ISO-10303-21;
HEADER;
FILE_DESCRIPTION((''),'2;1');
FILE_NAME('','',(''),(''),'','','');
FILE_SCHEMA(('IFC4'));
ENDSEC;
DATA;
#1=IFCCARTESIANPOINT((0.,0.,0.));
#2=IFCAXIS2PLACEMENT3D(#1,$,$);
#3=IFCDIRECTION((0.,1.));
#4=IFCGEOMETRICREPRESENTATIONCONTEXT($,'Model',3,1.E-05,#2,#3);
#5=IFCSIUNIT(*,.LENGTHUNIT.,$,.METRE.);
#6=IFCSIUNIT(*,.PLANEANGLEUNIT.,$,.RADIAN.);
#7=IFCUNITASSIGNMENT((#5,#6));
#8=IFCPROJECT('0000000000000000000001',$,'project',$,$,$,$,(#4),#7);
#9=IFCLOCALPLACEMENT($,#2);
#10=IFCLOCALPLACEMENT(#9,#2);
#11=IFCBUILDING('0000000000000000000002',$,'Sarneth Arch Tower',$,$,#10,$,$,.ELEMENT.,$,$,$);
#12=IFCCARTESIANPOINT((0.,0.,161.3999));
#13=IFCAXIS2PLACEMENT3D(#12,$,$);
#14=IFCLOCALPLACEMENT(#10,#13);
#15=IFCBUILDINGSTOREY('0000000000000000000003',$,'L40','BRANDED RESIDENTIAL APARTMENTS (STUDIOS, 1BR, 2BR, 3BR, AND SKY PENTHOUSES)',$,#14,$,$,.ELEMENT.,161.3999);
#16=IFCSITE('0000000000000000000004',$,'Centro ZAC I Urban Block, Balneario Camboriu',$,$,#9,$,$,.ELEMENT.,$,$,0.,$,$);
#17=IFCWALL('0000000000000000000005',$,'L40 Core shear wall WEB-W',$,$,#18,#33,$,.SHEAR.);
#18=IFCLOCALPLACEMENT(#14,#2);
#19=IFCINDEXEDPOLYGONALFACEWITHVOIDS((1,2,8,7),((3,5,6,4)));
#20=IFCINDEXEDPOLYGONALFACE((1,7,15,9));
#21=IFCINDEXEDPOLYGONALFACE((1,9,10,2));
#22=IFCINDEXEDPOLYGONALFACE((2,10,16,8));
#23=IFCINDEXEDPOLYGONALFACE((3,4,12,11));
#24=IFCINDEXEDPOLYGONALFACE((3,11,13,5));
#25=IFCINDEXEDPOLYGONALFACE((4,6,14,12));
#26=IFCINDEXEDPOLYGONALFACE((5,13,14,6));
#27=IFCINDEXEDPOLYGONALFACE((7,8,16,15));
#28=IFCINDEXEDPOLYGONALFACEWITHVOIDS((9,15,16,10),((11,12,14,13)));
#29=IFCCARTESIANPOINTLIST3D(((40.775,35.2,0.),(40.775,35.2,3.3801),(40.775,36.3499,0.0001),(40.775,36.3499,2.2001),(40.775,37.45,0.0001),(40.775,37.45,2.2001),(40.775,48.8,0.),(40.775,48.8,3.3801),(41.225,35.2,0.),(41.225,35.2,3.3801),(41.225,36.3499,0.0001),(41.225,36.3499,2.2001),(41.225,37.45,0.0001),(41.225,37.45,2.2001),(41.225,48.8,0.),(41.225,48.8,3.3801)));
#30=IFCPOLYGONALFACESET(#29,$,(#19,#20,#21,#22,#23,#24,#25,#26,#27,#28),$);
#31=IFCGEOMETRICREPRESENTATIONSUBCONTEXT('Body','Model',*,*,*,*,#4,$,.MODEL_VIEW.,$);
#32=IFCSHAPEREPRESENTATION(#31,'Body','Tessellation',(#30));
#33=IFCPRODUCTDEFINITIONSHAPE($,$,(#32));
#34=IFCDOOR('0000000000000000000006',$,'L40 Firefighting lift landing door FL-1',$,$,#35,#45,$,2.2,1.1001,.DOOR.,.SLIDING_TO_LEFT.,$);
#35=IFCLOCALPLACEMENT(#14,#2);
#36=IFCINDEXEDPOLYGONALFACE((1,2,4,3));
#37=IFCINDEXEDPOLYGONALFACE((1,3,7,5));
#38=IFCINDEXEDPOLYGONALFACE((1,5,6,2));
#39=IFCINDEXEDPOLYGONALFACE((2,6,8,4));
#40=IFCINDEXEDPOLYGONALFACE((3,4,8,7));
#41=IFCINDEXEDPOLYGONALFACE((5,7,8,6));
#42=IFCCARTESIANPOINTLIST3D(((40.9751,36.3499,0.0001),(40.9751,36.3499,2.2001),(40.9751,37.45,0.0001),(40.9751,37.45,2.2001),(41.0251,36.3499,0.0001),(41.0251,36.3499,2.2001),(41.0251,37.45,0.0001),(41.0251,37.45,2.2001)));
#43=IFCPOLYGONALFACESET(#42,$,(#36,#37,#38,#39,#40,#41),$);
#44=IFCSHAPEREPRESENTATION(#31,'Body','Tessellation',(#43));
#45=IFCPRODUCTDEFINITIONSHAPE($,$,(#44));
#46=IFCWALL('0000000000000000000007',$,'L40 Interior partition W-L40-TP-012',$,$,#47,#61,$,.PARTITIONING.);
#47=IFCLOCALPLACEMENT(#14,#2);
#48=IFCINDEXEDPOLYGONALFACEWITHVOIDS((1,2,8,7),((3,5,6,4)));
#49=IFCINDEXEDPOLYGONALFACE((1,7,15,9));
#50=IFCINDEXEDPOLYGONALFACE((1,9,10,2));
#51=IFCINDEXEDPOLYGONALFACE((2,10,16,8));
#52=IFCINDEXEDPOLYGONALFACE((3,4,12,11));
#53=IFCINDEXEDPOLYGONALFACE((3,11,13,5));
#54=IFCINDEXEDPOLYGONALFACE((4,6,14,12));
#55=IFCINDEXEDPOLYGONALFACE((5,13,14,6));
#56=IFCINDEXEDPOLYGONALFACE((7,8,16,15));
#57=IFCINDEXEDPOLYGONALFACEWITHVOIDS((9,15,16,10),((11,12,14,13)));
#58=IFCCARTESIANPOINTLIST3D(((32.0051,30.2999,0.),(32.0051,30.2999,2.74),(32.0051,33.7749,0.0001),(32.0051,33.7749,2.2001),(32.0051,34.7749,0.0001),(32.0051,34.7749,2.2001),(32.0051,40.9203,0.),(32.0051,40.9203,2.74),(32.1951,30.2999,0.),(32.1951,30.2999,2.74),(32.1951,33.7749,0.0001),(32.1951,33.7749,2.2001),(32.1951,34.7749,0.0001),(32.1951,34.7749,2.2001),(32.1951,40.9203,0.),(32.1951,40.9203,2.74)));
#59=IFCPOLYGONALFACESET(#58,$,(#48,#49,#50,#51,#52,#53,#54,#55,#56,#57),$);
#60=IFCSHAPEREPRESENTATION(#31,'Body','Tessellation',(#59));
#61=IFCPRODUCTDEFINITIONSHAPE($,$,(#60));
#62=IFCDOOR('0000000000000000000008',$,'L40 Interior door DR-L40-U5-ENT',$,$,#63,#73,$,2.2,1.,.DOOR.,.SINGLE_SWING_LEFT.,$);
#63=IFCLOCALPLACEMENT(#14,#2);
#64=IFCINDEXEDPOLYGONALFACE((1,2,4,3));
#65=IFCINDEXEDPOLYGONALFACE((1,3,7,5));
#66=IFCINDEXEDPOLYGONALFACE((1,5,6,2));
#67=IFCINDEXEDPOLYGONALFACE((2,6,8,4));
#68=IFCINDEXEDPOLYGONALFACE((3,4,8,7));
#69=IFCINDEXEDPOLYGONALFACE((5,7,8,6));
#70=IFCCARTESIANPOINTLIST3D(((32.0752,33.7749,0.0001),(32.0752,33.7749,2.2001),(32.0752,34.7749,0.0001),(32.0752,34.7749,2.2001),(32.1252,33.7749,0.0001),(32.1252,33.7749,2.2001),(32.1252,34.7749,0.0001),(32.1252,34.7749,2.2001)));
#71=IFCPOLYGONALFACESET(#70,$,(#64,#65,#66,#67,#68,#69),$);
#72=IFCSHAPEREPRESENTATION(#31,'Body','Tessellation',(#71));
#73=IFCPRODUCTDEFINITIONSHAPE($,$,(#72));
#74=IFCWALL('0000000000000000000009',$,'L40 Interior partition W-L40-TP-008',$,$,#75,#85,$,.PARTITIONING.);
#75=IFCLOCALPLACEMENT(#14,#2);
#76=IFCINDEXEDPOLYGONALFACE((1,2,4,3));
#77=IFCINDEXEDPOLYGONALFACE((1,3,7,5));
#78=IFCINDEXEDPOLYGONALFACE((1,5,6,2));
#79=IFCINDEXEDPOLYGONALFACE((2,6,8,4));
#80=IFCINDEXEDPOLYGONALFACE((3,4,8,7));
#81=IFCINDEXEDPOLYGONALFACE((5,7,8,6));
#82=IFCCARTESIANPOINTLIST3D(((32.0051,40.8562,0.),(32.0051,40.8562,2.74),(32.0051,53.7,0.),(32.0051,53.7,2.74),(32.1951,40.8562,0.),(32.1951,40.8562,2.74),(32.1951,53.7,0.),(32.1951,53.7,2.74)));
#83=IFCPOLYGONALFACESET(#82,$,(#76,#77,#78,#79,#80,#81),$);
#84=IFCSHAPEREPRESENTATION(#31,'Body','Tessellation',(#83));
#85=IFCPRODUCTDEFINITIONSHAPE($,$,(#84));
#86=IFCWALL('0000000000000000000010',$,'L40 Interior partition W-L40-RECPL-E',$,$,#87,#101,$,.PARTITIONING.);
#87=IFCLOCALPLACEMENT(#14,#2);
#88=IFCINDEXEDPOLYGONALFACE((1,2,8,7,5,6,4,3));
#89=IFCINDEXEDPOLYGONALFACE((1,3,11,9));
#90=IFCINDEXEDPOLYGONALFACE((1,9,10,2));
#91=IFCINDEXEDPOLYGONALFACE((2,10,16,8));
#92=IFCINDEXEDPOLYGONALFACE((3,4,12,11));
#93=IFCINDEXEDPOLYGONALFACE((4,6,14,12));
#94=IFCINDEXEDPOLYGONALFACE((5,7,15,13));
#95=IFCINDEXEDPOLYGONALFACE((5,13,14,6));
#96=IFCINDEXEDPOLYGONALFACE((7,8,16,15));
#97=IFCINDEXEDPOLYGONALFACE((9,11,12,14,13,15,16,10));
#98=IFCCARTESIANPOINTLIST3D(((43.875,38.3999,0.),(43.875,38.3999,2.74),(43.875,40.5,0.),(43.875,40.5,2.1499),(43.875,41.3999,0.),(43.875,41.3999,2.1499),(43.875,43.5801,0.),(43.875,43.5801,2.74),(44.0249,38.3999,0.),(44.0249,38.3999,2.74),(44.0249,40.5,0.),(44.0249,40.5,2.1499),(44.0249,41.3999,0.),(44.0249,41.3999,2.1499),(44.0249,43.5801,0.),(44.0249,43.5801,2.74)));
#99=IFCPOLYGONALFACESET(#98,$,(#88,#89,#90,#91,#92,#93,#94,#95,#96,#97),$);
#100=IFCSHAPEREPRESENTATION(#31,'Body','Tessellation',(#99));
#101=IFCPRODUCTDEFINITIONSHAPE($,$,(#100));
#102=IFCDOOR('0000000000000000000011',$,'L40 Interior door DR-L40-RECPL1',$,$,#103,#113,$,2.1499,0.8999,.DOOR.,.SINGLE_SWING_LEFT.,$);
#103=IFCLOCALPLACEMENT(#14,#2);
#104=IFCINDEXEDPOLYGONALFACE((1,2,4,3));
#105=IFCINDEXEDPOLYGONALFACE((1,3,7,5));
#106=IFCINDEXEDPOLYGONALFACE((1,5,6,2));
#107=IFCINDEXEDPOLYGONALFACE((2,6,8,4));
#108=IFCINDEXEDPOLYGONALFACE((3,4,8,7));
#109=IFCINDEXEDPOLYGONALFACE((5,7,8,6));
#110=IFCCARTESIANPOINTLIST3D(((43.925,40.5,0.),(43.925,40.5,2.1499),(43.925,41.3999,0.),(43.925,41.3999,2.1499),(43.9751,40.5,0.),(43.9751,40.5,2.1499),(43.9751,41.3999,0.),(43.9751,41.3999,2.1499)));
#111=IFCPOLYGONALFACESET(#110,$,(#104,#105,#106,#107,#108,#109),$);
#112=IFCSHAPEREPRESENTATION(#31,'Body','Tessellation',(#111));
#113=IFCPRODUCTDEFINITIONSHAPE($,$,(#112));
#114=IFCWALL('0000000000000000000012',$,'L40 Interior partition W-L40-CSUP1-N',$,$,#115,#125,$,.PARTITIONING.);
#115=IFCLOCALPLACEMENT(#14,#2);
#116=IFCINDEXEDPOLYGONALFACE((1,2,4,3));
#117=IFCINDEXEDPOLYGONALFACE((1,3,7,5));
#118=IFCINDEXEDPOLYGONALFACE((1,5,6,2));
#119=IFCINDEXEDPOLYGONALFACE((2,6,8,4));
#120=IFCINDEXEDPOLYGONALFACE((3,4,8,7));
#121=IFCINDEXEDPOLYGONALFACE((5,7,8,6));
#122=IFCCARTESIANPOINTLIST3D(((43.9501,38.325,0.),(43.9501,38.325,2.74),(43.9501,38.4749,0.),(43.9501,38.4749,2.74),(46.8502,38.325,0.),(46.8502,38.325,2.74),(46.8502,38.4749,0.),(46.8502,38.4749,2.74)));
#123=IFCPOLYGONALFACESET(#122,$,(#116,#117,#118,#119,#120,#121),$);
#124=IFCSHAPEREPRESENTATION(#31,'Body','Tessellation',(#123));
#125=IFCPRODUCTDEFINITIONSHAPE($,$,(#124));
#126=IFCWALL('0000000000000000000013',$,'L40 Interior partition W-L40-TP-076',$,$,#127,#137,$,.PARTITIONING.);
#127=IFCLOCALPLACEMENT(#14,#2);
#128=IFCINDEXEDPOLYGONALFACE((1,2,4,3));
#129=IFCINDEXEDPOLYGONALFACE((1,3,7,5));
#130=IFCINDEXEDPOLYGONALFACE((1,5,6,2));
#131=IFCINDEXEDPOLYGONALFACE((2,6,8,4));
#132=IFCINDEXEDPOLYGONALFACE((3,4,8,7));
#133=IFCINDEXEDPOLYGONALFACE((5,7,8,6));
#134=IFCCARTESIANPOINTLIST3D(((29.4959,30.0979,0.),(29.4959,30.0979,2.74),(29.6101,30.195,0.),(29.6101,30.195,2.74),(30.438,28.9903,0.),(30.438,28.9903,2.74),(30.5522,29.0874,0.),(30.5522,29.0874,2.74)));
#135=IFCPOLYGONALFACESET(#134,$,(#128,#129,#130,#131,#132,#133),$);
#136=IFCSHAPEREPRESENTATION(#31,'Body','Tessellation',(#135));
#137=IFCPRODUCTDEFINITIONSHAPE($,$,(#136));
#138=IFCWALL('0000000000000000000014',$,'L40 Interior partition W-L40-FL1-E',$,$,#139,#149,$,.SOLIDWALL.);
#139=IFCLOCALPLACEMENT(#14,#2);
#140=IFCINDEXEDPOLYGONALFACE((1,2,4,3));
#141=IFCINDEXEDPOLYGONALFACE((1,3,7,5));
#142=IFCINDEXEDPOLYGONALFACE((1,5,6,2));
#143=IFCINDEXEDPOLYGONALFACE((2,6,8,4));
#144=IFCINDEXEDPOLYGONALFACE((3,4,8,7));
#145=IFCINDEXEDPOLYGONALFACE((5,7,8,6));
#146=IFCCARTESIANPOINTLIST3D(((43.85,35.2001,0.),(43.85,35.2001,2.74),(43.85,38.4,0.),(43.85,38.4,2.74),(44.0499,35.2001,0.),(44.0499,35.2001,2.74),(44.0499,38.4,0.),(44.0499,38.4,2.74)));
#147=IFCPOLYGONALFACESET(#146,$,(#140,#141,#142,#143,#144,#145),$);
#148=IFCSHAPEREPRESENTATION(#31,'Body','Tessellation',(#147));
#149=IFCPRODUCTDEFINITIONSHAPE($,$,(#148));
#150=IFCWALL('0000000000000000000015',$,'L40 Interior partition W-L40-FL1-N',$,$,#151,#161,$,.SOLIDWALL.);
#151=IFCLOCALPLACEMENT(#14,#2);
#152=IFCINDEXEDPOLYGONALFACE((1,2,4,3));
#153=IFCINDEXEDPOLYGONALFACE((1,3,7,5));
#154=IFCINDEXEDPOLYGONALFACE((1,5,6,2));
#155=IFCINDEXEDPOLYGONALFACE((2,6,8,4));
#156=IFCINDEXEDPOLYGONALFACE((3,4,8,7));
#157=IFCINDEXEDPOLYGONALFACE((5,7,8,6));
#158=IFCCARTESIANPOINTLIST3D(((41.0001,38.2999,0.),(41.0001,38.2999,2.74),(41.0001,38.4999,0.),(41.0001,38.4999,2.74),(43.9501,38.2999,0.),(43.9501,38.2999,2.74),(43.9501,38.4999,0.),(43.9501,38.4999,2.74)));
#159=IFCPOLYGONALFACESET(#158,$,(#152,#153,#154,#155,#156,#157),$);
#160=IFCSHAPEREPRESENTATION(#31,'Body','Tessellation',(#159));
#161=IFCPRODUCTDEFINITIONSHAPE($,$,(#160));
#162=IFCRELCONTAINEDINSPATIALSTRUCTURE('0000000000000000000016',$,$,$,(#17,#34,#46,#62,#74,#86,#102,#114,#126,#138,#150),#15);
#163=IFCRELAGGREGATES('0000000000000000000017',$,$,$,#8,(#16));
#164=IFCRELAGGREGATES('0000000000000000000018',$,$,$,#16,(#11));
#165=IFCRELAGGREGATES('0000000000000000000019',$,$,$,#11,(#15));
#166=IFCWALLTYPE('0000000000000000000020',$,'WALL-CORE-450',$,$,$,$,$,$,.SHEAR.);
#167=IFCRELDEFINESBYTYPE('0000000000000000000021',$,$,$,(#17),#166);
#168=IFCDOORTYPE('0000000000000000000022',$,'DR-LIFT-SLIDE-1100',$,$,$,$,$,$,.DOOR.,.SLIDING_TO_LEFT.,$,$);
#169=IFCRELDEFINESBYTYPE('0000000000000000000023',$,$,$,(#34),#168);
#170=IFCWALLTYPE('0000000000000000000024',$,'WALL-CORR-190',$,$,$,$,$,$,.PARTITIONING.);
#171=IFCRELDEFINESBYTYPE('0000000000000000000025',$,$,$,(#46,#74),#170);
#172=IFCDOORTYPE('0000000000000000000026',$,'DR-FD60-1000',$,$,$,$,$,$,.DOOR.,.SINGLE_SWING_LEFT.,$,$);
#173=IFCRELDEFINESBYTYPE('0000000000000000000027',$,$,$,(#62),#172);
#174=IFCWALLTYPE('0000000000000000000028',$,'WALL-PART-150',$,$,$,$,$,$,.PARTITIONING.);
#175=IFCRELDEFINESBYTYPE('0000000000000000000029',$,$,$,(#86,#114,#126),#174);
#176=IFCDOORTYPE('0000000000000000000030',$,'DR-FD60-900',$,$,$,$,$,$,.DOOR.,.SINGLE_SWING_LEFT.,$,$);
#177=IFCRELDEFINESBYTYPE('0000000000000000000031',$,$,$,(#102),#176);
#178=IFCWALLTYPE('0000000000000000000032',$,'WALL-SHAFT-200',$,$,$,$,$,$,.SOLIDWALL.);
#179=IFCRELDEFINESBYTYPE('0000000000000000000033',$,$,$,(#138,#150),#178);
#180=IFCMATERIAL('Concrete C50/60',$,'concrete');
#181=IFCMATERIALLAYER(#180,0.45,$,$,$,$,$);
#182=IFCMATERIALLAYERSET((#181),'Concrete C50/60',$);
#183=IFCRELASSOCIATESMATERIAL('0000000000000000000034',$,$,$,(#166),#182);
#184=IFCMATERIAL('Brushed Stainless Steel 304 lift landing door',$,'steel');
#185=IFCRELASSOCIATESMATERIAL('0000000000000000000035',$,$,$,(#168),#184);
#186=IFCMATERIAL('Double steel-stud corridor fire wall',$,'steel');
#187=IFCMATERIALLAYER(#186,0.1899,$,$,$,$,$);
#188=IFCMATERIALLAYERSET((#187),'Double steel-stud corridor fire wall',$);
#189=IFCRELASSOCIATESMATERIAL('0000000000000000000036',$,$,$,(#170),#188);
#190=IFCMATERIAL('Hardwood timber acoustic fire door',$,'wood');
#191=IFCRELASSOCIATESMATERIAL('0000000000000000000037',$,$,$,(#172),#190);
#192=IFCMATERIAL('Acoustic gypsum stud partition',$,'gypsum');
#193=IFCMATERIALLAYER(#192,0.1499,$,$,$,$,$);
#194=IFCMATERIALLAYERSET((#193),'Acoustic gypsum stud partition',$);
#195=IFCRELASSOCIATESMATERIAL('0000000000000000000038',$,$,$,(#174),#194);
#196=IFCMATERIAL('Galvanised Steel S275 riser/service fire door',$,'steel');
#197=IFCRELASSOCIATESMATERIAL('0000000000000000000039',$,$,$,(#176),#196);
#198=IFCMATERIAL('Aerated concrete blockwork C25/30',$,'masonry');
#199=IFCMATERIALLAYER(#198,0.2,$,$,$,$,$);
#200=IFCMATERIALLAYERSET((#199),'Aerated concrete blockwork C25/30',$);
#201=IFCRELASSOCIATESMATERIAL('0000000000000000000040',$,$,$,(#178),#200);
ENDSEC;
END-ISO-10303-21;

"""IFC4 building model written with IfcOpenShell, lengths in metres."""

from ifc_helpers import new_model, si_unit, direction, frame, frame_2d, origin, place, context, subcontext, project, spatial, rectangle, extrude, material, layer, layer_set, type_object, element, fill, save


model = new_model("IFC4")

# Units and contexts
model_context = context("Model", 3, precision=1e-05, world=origin(), true_north=direction((0.0, 1.0)))
body_context = subcontext(model_context, "Body", "Model", "MODEL_VIEW")
ifc_project = project(units=[si_unit("LENGTHUNIT", "METRE"), si_unit("PLANEANGLEUNIT", "RADIAN")], contexts=[model_context])

# Site, building, storey
site_placement = place(None, origin())
site = spatial("IfcSite", under=ifc_project, at=site_placement, Name="Centro ZAC I Urban Block, Balneario Camboriu", CompositionType="ELEMENT", RefElevation=0.0)
building_placement = place(site_placement, origin())
building = spatial("IfcBuilding", under=site, at=building_placement, Name="Sarneth Arch Tower", CompositionType="ELEMENT")
storey_placement = place(building_placement, frame((0.0, 0.0, 161.3999)))
storey = spatial("IfcBuildingStorey", under=building, at=storey_placement, Name="L40", Description="BRANDED RESIDENTIAL APARTMENTS (STUDIOS, 1BR, 2BR, 3BR, AND SKY PENTHOUSES)", CompositionType="ELEMENT", Elevation=161.3999)

# Shared definitions
ifc_material_1 = material(Name="Concrete C50/60", Category="concrete")
ifc_layer_1 = layer(ifc_material_1, 0.45)
ifc_layer_set_1 = layer_set([ifc_layer_1], Name="Concrete C50/60")
wall_type_1 = type_object("IfcWallType", Name="WALL-CORE-450", PredefinedType="SHEAR", material=ifc_layer_set_1)

# Walls, openings, doors
wall_1_placement = place(storey_placement, frame((41.0, 35.2, 0.0), z_axis=(0.0, 0.0, 1.0), x_axis=(0.0, 1.0, 0.0)))
wall_1 = element("IfcWall", 1, at=wall_1_placement, inside=storey, type_object=wall_type_1, Name="L40 Core shear wall WEB-W", PredefinedType="SHEAR", context=body_context, shape_type="SweptSolid", body=[
    extrude(rectangle(XDim=13.6001, YDim=0.45, at=frame_2d((6.8, 0.0))), origin(), (0.0, 0.0, 1.0), 3.3801),
])
opening_1_placement = place(wall_1_placement, frame((1.1499, 0.0, 0.0)))
opening_1 = element("IfcOpeningElement", 2, at=opening_1_placement, cuts=wall_1, PredefinedType="OPENING", context=body_context, shape_type="SweptSolid", body=[
    extrude(rectangle(XDim=1.1001, YDim=2.2, at=frame_2d((0.55, 1.1001))), frame((0.0, 0.2349, 0.0), z_axis=(0.0, -1.0, 0.0), x_axis=(1.0, 0.0, 0.0)), (0.0, 0.0, 1.0), 0.47),
])
ifc_material_2 = material(Name="Brushed Stainless Steel 304 lift landing door", Category="steel")
door_type_1 = type_object("IfcDoorType", Name="DR-LIFT-SLIDE-1100", OperationType="SLIDING_TO_LEFT", PredefinedType="DOOR", material=ifc_material_2)
door_1_placement = place(opening_1_placement, origin())
door_1 = element("IfcDoor", 3, at=door_1_placement, inside=storey, type_object=door_type_1, Name="L40 Firefighting lift landing door FL-1", OperationType="SLIDING_TO_LEFT", OverallHeight=2.2, OverallWidth=1.1001, PredefinedType="DOOR", context=body_context, shape_type="SweptSolid", body=[
    extrude(rectangle(XDim=1.1001, YDim=2.2, at=frame_2d((0.55, 1.1001))), frame((0.0, 0.0249, 0.0), z_axis=(0.0, -1.0, 0.0), x_axis=(1.0, 0.0, 0.0)), (0.0, 0.0, 1.0), 0.05),
])
fill(opening_1, door_1)
ifc_material_3 = material(Name="Double steel-stud corridor fire wall", Category="steel")
ifc_layer_2 = layer(ifc_material_3, 0.1899)
ifc_layer_set_2 = layer_set([ifc_layer_2], Name="Double steel-stud corridor fire wall")
wall_type_2 = type_object("IfcWallType", Name="WALL-CORR-190", PredefinedType="PARTITIONING", material=ifc_layer_set_2)
wall_2_placement = place(storey_placement, frame((32.1001, 30.3, 0.0), z_axis=(0.0, 0.0, 1.0), x_axis=(0.0, 1.0, 0.0)))
wall_2 = element("IfcWall", 4, at=wall_2_placement, inside=storey, type_object=wall_type_2, Name="L40 Interior partition W-L40-TP-012", PredefinedType="PARTITIONING", context=body_context, shape_type="SweptSolid", body=[
    extrude(rectangle(XDim=10.6204, YDim=0.1899, at=frame_2d((5.3101, 0.0))), origin(), (0.0, 0.0, 1.0), 2.74),
])
opening_2_placement = place(wall_2_placement, frame((3.4749, 0.0, 0.0)))
opening_2 = element("IfcOpeningElement", 5, at=opening_2_placement, cuts=wall_2, PredefinedType="OPENING", context=body_context, shape_type="SweptSolid", body=[
    extrude(rectangle(XDim=1.0, YDim=2.2, at=frame_2d((0.5, 1.1001))), frame((0.0, 0.105, 0.0), z_axis=(0.0, -1.0, 0.0), x_axis=(1.0, 0.0, 0.0)), (0.0, 0.0, 1.0), 0.21),
])
ifc_material_4 = material(Name="Hardwood timber acoustic fire door", Category="wood")
door_type_2 = type_object("IfcDoorType", Name="DR-FD60-1000", OperationType="SINGLE_SWING_LEFT", PredefinedType="DOOR", material=ifc_material_4)
door_2_placement = place(opening_2_placement, origin())
door_2 = element("IfcDoor", 6, at=door_2_placement, inside=storey, type_object=door_type_2, Name="L40 Interior door DR-L40-U5-ENT", OperationType="SINGLE_SWING_LEFT", OverallHeight=2.2, OverallWidth=1.0, PredefinedType="DOOR", context=body_context, shape_type="SweptSolid", body=[
    extrude(rectangle(XDim=1.0, YDim=2.2, at=frame_2d((0.5, 1.1001))), frame((0.0, 0.0249, 0.0), z_axis=(0.0, -1.0, 0.0), x_axis=(1.0, 0.0, 0.0)), (0.0, 0.0, 1.0), 0.05),
])
fill(opening_2, door_2)

# Wall
wall_3_placement = place(storey_placement, frame((32.1001, 40.8562, 0.0), z_axis=(0.0, 0.0, 1.0), x_axis=(0.0, 1.0, 0.0)))
element("IfcWall", 7, at=wall_3_placement, inside=storey, type_object=wall_type_2, Name="L40 Interior partition W-L40-TP-008", PredefinedType="PARTITIONING", context=body_context, shape_type="SweptSolid", body=[
    extrude(rectangle(XDim=12.8438, YDim=0.1899, at=frame_2d((6.4219, 0.0))), origin(), (0.0, 0.0, 1.0), 2.74),
])

# Wall, opening, door
ifc_material_5 = material(Name="Acoustic gypsum stud partition", Category="gypsum")
ifc_layer_3 = layer(ifc_material_5, 0.1499)
ifc_layer_set_3 = layer_set([ifc_layer_3], Name="Acoustic gypsum stud partition")
wall_type_3 = type_object("IfcWallType", Name="WALL-PART-150", PredefinedType="PARTITIONING", material=ifc_layer_set_3)
wall_4_placement = place(storey_placement, frame((43.95, 38.3999, 0.0), z_axis=(0.0, 0.0, 1.0), x_axis=(0.0, 1.0, 0.0)))
wall_4 = element("IfcWall", 8, at=wall_4_placement, inside=storey, type_object=wall_type_3, Name="L40 Interior partition W-L40-RECPL-E", PredefinedType="PARTITIONING", context=body_context, shape_type="SweptSolid", body=[
    extrude(rectangle(XDim=5.1802, YDim=0.1499, at=frame_2d((2.5901, 0.0))), origin(), (0.0, 0.0, 1.0), 2.74),
])
opening_3_placement = place(wall_4_placement, frame((2.1001, 0.0, 0.0)))
opening_3 = element("IfcOpeningElement", 9, at=opening_3_placement, cuts=wall_4, PredefinedType="OPENING", context=body_context, shape_type="SweptSolid", body=[
    extrude(rectangle(XDim=0.8999, YDim=2.1499, at=frame_2d((0.45, 1.075))), frame((0.0, 0.085, 0.0), z_axis=(0.0, -1.0, 0.0), x_axis=(1.0, 0.0, 0.0)), (0.0, 0.0, 1.0), 0.1699),
])
ifc_material_6 = material(Name="Galvanised Steel S275 riser/service fire door", Category="steel")
door_type_3 = type_object("IfcDoorType", Name="DR-FD60-900", OperationType="SINGLE_SWING_LEFT", PredefinedType="DOOR", material=ifc_material_6)
door_3_placement = place(opening_3_placement, origin())
door_3 = element("IfcDoor", 10, at=door_3_placement, inside=storey, type_object=door_type_3, Name="L40 Interior door DR-L40-RECPL1", OperationType="SINGLE_SWING_LEFT", OverallHeight=2.1499, OverallWidth=0.8999, PredefinedType="DOOR", context=body_context, shape_type="SweptSolid", body=[
    extrude(rectangle(XDim=0.8999, YDim=2.1499, at=frame_2d((0.45, 1.075))), frame((0.0, 0.0249, 0.0), z_axis=(0.0, -1.0, 0.0), x_axis=(1.0, 0.0, 0.0)), (0.0, 0.0, 1.0), 0.05),
])
fill(opening_3, door_3)

# Wall
wall_5_placement = place(storey_placement, frame((43.95, 38.3999, 0.0), z_axis=(0.0, 0.0, 1.0), x_axis=(1.0, 0.0, 0.0)))
element("IfcWall", 11, at=wall_5_placement, inside=storey, type_object=wall_type_3, Name="L40 Interior partition W-L40-CSUP1-N", PredefinedType="PARTITIONING", context=body_context, shape_type="SweptSolid", body=[
    extrude(rectangle(XDim=2.9001, YDim=0.1499, at=frame_2d((1.4502, 0.0))), origin(), (0.0, 0.0, 1.0), 2.74),
])

# Wall
wall_6_placement = place(storey_placement, frame((29.553, 30.1465, 0.0), z_axis=(0.0, 0.0, 1.0), x_axis=(0.647897, -0.761728, 0.0)))
element("IfcWall", 12, at=wall_6_placement, inside=storey, type_object=wall_type_3, Name="L40 Interior partition W-L40-TP-076", PredefinedType="PARTITIONING", context=body_context, shape_type="SweptSolid", body=[
    extrude(rectangle(XDim=1.4541, YDim=0.1499, at=frame_2d((0.7271, 0.0))), origin(), (0.0, 0.0, 1.0), 2.74),
])

# Shared definitions
ifc_material_7 = material(Name="Aerated concrete blockwork C25/30", Category="masonry")
ifc_layer_4 = layer(ifc_material_7, 0.2)
ifc_layer_set_4 = layer_set([ifc_layer_4], Name="Aerated concrete blockwork C25/30")
wall_type_4 = type_object("IfcWallType", Name="WALL-SHAFT-200", PredefinedType="SOLIDWALL", material=ifc_layer_set_4)

# Walls
wall_7_placement = place(storey_placement, frame((43.95, 35.2, 0.0), z_axis=(0.0, 0.0, 1.0), x_axis=(0.0, 1.0, 0.0)))
element("IfcWall", 13, at=wall_7_placement, inside=storey, type_object=wall_type_4, Name="L40 Interior partition W-L40-FL1-E", PredefinedType="SOLIDWALL", context=body_context, shape_type="SweptSolid", body=[
    extrude(rectangle(XDim=3.2, YDim=0.2, at=frame_2d((1.6001, 0.0))), origin(), (0.0, 0.0, 1.0), 2.74),
])
wall_8_placement = place(storey_placement, frame((41.0, 38.3999, 0.0), z_axis=(0.0, 0.0, 1.0), x_axis=(1.0, 0.0, 0.0)))
element("IfcWall", 14, at=wall_8_placement, inside=storey, type_object=wall_type_4, Name="L40 Interior partition W-L40-FL1-N", PredefinedType="SOLIDWALL", context=body_context, shape_type="SweptSolid", body=[
    extrude(rectangle(XDim=2.95, YDim=0.2, at=frame_2d((1.4751, 0.0))), origin(), (0.0, 0.0, 1.0), 2.74),
])

save(model, "model.ifc")
